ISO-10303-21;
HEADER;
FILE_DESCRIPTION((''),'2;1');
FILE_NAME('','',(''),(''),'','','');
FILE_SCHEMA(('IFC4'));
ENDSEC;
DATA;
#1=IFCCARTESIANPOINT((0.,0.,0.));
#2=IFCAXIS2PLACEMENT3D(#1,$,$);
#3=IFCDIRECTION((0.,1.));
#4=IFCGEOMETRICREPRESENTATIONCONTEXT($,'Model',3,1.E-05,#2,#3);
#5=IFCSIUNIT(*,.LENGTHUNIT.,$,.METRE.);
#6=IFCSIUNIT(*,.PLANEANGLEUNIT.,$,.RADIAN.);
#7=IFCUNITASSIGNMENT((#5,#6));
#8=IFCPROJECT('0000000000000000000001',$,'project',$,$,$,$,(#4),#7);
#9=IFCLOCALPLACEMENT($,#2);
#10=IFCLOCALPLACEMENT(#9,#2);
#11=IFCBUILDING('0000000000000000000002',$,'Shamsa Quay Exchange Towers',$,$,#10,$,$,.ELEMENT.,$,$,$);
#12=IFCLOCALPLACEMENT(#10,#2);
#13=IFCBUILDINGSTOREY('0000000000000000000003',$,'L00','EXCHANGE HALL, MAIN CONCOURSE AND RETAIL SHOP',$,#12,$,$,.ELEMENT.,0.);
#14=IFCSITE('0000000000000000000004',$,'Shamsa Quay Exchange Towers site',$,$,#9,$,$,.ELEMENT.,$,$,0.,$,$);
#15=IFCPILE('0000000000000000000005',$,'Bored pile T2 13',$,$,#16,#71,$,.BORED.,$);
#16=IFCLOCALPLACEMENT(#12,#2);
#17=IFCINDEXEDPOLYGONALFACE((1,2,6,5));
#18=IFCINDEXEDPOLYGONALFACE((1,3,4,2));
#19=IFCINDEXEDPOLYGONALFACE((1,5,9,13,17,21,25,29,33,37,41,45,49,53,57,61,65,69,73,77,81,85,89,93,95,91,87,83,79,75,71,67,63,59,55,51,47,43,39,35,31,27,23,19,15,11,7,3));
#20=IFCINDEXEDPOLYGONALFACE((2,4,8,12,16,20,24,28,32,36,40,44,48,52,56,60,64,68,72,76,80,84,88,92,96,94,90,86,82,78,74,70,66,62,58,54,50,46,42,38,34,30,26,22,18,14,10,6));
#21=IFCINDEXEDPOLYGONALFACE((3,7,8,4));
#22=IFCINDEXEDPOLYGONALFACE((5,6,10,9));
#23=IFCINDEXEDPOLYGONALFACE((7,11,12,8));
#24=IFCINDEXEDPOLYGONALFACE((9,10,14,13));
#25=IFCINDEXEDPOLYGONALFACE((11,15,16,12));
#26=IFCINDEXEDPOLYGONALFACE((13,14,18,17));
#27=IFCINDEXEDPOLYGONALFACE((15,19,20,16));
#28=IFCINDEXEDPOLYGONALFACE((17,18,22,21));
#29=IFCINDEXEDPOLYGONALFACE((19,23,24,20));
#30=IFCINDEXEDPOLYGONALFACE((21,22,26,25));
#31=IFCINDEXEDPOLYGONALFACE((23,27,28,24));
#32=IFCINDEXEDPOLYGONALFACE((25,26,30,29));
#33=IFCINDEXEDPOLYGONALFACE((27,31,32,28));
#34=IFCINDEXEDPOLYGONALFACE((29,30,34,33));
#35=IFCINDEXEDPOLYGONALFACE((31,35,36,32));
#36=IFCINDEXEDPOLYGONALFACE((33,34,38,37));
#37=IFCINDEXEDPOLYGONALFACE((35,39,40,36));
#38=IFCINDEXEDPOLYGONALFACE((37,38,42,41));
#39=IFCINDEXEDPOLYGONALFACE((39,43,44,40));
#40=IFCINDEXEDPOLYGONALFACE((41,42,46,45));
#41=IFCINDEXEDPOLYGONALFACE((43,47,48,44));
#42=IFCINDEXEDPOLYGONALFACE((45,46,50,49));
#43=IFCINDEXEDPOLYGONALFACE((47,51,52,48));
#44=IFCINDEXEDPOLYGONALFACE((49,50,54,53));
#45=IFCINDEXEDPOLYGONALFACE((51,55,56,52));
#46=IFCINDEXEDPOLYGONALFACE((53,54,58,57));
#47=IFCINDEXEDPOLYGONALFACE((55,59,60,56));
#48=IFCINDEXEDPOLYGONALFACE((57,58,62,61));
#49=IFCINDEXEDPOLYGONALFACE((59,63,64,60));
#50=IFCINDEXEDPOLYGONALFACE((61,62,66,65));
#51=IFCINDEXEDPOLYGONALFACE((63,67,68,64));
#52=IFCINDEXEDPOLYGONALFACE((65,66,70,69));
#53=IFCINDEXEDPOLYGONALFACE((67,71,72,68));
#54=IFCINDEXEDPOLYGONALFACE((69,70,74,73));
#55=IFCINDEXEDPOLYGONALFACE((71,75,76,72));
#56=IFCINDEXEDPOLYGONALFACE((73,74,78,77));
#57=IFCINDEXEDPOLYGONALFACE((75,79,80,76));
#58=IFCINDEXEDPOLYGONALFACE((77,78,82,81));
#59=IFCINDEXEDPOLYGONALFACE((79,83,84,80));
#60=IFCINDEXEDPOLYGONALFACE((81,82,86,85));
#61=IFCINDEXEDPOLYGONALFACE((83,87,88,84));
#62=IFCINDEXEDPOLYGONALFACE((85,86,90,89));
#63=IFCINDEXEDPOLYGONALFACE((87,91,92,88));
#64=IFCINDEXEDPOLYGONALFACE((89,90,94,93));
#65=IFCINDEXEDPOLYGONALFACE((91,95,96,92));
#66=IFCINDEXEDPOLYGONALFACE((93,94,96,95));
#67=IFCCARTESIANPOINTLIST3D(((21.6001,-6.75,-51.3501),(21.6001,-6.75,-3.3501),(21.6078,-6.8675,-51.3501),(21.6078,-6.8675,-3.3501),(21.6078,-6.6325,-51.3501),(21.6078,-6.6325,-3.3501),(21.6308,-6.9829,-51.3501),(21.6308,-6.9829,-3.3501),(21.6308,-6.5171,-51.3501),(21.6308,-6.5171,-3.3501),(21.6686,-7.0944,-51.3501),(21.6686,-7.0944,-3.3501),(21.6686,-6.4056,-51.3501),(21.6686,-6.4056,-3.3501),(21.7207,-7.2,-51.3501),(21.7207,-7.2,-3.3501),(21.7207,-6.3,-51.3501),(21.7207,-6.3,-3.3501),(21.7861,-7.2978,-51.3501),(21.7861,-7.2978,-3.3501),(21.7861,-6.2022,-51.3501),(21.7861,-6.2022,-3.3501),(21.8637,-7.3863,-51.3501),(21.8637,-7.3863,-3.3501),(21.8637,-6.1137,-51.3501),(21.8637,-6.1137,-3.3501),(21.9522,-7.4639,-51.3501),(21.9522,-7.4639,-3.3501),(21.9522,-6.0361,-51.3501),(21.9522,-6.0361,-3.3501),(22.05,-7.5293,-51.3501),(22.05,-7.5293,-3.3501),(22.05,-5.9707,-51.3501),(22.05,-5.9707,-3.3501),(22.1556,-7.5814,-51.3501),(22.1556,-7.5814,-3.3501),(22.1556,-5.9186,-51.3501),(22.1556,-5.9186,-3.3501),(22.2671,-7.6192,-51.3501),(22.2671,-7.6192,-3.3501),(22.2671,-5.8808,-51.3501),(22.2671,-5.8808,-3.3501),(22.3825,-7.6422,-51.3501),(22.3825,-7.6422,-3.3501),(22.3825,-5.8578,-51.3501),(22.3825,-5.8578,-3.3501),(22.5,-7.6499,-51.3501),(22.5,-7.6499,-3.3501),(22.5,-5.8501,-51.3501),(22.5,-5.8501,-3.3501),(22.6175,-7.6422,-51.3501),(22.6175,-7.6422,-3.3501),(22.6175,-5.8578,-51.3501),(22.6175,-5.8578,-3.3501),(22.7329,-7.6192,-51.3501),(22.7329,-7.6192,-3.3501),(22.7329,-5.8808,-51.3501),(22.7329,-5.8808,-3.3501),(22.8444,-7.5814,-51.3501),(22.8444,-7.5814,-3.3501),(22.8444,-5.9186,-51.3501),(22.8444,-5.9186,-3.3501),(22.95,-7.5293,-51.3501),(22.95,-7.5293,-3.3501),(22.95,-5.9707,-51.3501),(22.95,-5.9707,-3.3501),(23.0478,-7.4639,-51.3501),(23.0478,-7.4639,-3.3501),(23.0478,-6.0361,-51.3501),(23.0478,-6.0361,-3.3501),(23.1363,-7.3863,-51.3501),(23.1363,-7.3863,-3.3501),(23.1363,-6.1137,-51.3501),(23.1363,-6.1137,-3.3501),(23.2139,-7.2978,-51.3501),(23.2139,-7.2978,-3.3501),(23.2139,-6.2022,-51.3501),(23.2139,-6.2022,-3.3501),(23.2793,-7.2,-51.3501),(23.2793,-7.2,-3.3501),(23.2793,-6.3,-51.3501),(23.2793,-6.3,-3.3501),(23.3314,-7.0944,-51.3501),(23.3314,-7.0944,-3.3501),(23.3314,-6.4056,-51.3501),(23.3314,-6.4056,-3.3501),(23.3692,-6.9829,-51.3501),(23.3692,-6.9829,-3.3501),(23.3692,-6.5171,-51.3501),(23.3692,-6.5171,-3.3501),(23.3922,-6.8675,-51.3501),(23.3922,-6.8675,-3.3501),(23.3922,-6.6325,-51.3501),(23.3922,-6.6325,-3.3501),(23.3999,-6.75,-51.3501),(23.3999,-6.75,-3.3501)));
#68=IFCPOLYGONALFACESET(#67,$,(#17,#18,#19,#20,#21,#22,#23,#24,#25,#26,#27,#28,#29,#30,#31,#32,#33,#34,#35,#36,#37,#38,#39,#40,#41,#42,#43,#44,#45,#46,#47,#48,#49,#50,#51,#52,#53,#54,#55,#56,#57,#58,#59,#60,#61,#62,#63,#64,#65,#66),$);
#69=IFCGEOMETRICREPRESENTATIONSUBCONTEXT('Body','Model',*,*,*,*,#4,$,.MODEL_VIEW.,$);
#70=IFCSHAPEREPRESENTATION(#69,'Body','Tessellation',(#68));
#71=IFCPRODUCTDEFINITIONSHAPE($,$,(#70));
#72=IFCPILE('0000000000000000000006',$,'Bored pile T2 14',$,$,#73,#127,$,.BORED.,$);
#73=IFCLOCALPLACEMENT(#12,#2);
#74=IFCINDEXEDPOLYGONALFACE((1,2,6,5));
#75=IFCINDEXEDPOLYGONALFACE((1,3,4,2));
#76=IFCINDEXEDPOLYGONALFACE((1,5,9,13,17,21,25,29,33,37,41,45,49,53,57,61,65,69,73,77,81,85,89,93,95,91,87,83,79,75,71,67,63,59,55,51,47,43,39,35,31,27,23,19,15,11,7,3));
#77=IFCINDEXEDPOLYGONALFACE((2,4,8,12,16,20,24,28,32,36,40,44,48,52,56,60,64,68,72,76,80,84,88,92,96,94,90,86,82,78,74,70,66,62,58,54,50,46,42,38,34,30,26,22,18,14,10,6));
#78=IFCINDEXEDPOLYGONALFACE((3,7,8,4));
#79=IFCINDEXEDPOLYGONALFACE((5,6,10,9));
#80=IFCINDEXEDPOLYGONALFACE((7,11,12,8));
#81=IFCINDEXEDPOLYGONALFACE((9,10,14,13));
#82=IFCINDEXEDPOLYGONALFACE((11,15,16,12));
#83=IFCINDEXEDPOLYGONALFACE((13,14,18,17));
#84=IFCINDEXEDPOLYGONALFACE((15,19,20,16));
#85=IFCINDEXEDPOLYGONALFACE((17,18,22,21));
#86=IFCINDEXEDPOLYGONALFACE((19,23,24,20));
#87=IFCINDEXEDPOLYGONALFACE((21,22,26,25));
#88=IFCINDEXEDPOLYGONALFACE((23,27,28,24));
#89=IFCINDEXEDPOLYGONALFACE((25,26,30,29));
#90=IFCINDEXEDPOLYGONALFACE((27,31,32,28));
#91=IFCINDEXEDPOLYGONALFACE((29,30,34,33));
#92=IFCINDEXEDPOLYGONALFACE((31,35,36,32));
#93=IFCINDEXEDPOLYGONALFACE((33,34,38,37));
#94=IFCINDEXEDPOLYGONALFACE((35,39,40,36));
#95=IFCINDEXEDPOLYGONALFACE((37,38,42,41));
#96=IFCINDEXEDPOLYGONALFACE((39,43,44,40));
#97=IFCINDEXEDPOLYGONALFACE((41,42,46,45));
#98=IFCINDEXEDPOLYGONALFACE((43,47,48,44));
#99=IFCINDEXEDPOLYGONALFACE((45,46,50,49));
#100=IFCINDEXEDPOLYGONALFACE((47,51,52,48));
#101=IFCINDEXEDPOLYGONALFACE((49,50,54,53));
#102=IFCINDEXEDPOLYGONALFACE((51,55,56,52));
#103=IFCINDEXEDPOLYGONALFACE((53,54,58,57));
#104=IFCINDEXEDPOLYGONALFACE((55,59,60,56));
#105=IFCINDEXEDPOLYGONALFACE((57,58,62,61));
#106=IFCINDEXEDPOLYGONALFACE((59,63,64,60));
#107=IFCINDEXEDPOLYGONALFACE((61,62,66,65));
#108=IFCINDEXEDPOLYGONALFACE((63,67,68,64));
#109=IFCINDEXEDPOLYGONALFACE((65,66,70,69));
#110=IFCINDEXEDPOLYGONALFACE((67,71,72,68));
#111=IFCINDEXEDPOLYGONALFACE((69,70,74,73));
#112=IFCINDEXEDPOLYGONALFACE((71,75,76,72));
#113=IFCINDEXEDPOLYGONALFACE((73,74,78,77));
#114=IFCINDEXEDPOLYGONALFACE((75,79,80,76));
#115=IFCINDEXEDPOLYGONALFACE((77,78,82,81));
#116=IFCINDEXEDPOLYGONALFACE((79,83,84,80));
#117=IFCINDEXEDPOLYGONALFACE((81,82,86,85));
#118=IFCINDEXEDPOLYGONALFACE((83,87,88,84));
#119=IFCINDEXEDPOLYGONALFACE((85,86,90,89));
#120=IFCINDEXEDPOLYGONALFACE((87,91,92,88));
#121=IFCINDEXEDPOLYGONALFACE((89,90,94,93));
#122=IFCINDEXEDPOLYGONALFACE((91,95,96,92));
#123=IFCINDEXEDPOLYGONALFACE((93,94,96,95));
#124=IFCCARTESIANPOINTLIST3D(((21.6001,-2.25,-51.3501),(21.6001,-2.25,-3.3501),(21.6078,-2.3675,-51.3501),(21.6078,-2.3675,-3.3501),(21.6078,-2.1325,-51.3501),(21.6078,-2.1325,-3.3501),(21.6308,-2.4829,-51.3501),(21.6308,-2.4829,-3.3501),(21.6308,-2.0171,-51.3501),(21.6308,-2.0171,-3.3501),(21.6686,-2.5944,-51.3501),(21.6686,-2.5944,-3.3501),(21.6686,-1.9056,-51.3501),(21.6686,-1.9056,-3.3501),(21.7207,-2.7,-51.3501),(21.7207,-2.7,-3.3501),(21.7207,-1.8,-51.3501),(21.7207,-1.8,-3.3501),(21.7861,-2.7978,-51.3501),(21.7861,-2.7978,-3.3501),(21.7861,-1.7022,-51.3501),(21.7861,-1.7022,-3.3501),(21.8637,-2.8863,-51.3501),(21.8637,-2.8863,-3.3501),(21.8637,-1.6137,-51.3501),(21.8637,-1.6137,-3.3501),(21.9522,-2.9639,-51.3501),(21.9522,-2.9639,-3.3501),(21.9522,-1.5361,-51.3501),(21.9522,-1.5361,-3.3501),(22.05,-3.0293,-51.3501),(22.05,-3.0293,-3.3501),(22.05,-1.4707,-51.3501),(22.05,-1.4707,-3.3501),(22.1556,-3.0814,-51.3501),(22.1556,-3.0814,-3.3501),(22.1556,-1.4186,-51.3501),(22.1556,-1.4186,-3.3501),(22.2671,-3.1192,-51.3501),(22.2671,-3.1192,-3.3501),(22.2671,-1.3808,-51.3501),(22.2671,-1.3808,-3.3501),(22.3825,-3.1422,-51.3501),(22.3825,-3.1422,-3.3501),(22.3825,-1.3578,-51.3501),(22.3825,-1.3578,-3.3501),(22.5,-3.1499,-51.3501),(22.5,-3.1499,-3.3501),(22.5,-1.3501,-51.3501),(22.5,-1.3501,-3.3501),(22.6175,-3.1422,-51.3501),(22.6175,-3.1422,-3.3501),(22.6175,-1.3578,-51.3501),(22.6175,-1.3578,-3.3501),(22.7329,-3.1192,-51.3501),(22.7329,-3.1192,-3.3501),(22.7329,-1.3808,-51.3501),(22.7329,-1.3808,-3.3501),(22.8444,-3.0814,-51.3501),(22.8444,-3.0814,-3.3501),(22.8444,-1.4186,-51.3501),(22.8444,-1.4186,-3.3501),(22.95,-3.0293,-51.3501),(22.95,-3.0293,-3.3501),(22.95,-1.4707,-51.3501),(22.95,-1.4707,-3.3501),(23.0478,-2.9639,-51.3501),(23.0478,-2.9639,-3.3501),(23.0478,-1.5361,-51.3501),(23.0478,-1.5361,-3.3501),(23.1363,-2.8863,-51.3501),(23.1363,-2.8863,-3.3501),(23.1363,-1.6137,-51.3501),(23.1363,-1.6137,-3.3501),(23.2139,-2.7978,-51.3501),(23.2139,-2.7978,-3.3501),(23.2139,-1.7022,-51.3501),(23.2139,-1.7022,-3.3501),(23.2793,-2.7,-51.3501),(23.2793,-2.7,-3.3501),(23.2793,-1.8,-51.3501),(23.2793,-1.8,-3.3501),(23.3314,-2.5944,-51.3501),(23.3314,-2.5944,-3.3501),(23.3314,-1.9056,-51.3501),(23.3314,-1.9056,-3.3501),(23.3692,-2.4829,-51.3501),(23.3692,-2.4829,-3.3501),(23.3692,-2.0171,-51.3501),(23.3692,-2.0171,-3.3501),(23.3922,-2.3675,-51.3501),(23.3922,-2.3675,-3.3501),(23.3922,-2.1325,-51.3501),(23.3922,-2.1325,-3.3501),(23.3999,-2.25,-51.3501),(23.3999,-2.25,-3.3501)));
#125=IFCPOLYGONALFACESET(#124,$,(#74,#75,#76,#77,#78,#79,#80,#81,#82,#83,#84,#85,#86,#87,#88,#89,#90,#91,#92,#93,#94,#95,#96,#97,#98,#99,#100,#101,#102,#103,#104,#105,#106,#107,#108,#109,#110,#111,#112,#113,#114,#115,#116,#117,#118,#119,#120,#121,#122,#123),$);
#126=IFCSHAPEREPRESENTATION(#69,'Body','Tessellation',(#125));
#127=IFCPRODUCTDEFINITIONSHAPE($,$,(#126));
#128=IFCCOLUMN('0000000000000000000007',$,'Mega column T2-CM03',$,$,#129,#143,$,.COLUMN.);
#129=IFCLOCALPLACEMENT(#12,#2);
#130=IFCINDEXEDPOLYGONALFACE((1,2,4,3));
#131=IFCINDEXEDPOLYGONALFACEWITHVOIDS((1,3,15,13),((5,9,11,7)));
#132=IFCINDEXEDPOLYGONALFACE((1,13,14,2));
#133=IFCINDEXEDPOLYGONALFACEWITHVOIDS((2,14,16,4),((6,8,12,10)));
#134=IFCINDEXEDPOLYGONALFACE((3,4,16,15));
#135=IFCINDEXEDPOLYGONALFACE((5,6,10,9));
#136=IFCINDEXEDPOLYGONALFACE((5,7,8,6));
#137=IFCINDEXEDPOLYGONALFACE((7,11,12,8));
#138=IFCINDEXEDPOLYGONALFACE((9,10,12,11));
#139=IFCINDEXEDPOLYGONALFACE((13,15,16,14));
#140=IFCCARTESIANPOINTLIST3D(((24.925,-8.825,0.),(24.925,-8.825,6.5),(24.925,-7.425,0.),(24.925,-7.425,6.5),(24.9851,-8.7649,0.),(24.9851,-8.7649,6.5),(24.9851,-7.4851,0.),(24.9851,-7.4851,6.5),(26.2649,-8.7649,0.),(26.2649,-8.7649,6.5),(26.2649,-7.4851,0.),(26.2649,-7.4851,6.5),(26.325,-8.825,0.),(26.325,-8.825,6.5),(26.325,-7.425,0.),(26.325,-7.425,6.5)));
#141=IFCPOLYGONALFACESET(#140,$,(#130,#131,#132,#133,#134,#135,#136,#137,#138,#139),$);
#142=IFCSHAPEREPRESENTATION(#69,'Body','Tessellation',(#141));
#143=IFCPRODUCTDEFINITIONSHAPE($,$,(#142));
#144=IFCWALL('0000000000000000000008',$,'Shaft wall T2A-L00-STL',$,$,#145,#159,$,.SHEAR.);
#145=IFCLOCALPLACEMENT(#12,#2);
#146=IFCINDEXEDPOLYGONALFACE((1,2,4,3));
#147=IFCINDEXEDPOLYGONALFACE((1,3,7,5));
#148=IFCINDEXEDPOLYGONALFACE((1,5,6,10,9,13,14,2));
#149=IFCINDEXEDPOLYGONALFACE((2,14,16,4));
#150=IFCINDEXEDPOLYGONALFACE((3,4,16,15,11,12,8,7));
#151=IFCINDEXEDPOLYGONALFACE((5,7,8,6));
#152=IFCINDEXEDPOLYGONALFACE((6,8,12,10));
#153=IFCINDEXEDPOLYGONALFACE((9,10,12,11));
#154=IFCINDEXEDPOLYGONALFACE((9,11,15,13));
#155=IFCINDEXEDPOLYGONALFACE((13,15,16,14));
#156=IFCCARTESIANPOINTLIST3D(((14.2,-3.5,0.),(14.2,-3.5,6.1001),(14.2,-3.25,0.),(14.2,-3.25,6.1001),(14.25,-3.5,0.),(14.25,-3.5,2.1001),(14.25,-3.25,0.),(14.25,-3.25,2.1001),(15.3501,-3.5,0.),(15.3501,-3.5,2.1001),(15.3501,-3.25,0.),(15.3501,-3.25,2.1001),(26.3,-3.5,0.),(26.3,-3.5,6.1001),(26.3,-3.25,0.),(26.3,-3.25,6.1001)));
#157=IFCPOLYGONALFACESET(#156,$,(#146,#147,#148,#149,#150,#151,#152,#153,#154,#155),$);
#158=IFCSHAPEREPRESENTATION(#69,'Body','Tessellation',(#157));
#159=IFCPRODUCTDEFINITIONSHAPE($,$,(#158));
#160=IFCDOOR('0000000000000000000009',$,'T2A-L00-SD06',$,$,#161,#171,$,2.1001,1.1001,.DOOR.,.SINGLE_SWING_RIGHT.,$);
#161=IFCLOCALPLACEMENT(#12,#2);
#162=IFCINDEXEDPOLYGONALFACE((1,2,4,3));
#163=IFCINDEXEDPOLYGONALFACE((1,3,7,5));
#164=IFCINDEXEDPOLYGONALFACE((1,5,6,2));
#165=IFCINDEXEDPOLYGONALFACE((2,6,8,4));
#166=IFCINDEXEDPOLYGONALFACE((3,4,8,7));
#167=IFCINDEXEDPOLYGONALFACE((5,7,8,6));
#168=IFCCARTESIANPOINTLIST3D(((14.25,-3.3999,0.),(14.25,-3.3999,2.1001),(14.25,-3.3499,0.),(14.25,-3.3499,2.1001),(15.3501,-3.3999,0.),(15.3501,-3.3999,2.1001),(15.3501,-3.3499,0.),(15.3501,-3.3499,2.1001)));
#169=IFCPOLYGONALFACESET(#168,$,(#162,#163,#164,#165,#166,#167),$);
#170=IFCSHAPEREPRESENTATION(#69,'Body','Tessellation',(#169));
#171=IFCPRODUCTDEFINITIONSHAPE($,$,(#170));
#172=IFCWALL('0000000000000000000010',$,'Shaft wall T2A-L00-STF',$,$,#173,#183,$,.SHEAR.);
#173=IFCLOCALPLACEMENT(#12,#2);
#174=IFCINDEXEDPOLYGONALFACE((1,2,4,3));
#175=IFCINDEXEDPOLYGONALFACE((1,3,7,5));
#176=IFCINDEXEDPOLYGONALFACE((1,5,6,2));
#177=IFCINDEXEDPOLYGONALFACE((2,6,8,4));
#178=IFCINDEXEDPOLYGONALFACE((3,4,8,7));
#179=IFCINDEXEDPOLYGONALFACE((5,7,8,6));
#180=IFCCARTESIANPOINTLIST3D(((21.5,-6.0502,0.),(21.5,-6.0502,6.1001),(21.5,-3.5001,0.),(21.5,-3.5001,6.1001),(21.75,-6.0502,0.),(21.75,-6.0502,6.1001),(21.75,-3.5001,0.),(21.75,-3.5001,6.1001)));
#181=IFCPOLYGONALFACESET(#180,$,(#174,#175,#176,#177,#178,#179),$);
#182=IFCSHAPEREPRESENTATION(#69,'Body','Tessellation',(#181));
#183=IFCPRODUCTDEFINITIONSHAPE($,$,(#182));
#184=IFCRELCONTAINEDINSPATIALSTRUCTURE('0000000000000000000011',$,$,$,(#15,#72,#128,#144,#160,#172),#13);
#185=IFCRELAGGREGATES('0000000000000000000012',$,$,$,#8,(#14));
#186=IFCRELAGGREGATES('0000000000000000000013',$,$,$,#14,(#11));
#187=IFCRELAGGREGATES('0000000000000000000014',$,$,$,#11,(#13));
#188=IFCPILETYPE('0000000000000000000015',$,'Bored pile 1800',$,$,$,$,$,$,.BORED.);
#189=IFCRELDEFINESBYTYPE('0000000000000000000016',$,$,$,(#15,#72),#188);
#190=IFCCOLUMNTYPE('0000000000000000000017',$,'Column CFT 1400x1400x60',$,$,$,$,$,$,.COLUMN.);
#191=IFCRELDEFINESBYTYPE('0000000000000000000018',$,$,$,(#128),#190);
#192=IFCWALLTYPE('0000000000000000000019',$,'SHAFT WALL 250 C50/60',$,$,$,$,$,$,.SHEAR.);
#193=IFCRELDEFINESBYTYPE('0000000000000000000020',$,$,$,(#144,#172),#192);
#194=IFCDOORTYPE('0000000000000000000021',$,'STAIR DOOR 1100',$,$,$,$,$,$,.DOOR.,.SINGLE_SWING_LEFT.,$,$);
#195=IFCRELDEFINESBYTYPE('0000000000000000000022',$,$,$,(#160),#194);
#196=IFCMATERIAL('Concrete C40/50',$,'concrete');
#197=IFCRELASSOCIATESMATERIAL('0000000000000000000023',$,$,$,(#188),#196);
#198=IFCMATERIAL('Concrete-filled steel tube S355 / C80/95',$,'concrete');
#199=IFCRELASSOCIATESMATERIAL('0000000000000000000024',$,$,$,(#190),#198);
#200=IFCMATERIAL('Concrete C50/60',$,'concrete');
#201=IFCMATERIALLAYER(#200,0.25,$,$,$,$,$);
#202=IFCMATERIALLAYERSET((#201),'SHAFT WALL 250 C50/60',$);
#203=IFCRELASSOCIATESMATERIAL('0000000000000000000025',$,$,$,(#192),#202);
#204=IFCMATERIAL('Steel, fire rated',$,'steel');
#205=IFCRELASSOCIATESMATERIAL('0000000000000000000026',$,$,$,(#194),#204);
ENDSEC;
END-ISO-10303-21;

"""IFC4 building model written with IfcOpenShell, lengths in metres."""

from ifc_helpers import new_model, si_unit, direction, frame, frame_2d, origin, origin_2d, place, context, subcontext, project, spatial, rectangle, hollow_rectangle, circle, extrude, material, layer, layer_set, material_profile, profile_set, type_object, element, fill, save


model = new_model("IFC4")

# Units and contexts
model_context = context("Model", 3, precision=1e-05, world=origin(), true_north=direction((0.0, 1.0)))
body_context = subcontext(model_context, "Body", "Model", "MODEL_VIEW")
ifc_project = project(units=[si_unit("LENGTHUNIT", "METRE"), si_unit("PLANEANGLEUNIT", "RADIAN")], contexts=[model_context])

# Site, building, storey
site_placement = place(None, origin())
site = spatial("IfcSite", under=ifc_project, at=site_placement, Name="Shamsa Quay Exchange Towers site", CompositionType="ELEMENT", RefElevation=0.0)
building_placement = place(site_placement, origin())
building = spatial("IfcBuilding", under=site, at=building_placement, Name="Shamsa Quay Exchange Towers", CompositionType="ELEMENT")
storey_placement = place(building_placement, origin())
storey = spatial("IfcBuildingStorey", under=building, at=storey_placement, Name="L00", Description="EXCHANGE HALL, MAIN CONCOURSE AND RETAIL SHOP", CompositionType="ELEMENT", Elevation=0.0)

# Piles
ifc_material_1 = material(Name="Concrete C40/50", Category="concrete")
ifc_material_profile_1 = material_profile(ifc_material_1, circle(Radius=0.8999, at=origin_2d()), Name="BP1800")
ifc_profile_set_1 = profile_set([ifc_material_profile_1], Name="Concrete C40/50")
pile_type_1 = type_object("IfcPileType", Name="Bored pile 1800", PredefinedType="BORED", material=ifc_profile_set_1)
for number, where, z_axis, x_axis, name in (
    (1, (22.5, -6.75, -3.3501), (0.0, 0.0, -1.0), (1.0, 0.0, 0.0), "Bored pile T2 13"),
    (2, (22.5, -2.25, -3.3501), (0.0, 0.0, -1.0), (1.0, 0.0, 0.0), "Bored pile T2 14"),
):
    element("IfcPile", number, at=place(storey_placement, frame(where, z_axis=z_axis, x_axis=x_axis)), inside=storey, type_object=pile_type_1, Name=name, PredefinedType="BORED", context=body_context, shape_type="SweptSolid", body=[
        extrude(circle(Radius=0.8999, at=origin_2d()), origin(), (0.0, 0.0, 1.0), 48.0),
    ])

# Column
ifc_material_2 = material(Name="Concrete-filled steel tube S355 / C80/95", Category="concrete")
ifc_material_profile_2 = material_profile(ifc_material_2, hollow_rectangle(XDim=1.3999, YDim=1.3999, WallThickness=0.0601, at=origin_2d()), Name="CFT 1400x1400x60")
ifc_profile_set_2 = profile_set([ifc_material_profile_2], Name="Concrete-filled steel tube S355 / C80/95")
column_type = type_object("IfcColumnType", Name="Column CFT 1400x1400x60", PredefinedType="COLUMN", material=ifc_profile_set_2)
column_placement = place(storey_placement, frame((25.625, -8.125, 0.0)))
element("IfcColumn", 3, at=column_placement, inside=storey, type_object=column_type, Name="Mega column T2-CM03", PredefinedType="COLUMN", context=body_context, shape_type="SweptSolid", body=[
    extrude(hollow_rectangle(XDim=1.3999, YDim=1.3999, WallThickness=0.0601, at=origin_2d()), origin(), (0.0, 0.0, 1.0), 6.5),
])

# Wall, opening, door
ifc_material_3 = material(Name="Concrete C50/60", Category="concrete")
ifc_layer = layer(ifc_material_3, 0.25)
ifc_layer_set = layer_set([ifc_layer], Name="SHAFT WALL 250 C50/60")
wall_type = type_object("IfcWallType", Name="SHAFT WALL 250 C50/60", PredefinedType="SHEAR", material=ifc_layer_set)
wall_1_placement = place(storey_placement, frame((26.3, -3.375, 0.0), z_axis=(0.0, 0.0, 1.0), x_axis=(-1.0, 0.0, 0.0)))
wall_1 = element("IfcWall", 4, at=wall_1_placement, inside=storey, type_object=wall_type, Name="Shaft wall T2A-L00-STL", PredefinedType="SHEAR", context=body_context, shape_type="SweptSolid", body=[
    extrude(rectangle(XDim=12.1001, YDim=0.25, at=frame_2d((6.05, 0.0))), origin(), (0.0, 0.0, 1.0), 6.1001),
])
opening_1_placement = place(wall_1_placement, frame((10.95, 0.0, 0.0)))
opening_1 = element("IfcOpeningElement", 5, at=opening_1_placement, cuts=wall_1, PredefinedType="OPENING", context=body_context, shape_type="SweptSolid", body=[
    extrude(rectangle(XDim=1.1001, YDim=2.1001, at=frame_2d((0.55, 1.05))), frame((0.0, 0.135, 0.0), z_axis=(0.0, -1.0, 0.0), x_axis=(1.0, 0.0, 0.0)), (0.0, 0.0, 1.0), 0.27),
])
ifc_material_4 = material(Name="Steel, fire rated", Category="steel")
door_type_1 = type_object("IfcDoorType", Name="STAIR DOOR 1100", OperationType="SINGLE_SWING_LEFT", PredefinedType="DOOR", material=ifc_material_4)
door_1_placement = place(opening_1_placement, origin())
door_1 = element("IfcDoor", 6, at=door_1_placement, inside=storey, type_object=door_type_1, Name="T2A-L00-SD06", OperationType="SINGLE_SWING_RIGHT", OverallHeight=2.1001, OverallWidth=1.1001, PredefinedType="DOOR", context=body_context, shape_type="SweptSolid", body=[
    extrude(rectangle(XDim=1.1001, YDim=2.1001, at=frame_2d((0.55, 1.05))), frame((0.0, 0.0249, 0.0), z_axis=(0.0, -1.0, 0.0), x_axis=(1.0, 0.0, 0.0)), (0.0, 0.0, 1.0), 0.05),
])
fill(opening_1, door_1)

# Wall
wall_2_placement = place(storey_placement, frame((21.625, -6.05, 0.0), z_axis=(0.0, 0.0, 1.0), x_axis=(0.0, 1.0, 0.0)))
element("IfcWall", 7, at=wall_2_placement, inside=storey, type_object=wall_type, Name="Shaft wall T2A-L00-STF", PredefinedType="SHEAR", context=body_context, shape_type="SweptSolid", body=[
    extrude(rectangle(XDim=2.55, YDim=0.25, at=frame_2d((1.2749, 0.0))), origin(), (0.0, 0.0, 1.0), 6.1001),
])

save(model, "model.ifc")
